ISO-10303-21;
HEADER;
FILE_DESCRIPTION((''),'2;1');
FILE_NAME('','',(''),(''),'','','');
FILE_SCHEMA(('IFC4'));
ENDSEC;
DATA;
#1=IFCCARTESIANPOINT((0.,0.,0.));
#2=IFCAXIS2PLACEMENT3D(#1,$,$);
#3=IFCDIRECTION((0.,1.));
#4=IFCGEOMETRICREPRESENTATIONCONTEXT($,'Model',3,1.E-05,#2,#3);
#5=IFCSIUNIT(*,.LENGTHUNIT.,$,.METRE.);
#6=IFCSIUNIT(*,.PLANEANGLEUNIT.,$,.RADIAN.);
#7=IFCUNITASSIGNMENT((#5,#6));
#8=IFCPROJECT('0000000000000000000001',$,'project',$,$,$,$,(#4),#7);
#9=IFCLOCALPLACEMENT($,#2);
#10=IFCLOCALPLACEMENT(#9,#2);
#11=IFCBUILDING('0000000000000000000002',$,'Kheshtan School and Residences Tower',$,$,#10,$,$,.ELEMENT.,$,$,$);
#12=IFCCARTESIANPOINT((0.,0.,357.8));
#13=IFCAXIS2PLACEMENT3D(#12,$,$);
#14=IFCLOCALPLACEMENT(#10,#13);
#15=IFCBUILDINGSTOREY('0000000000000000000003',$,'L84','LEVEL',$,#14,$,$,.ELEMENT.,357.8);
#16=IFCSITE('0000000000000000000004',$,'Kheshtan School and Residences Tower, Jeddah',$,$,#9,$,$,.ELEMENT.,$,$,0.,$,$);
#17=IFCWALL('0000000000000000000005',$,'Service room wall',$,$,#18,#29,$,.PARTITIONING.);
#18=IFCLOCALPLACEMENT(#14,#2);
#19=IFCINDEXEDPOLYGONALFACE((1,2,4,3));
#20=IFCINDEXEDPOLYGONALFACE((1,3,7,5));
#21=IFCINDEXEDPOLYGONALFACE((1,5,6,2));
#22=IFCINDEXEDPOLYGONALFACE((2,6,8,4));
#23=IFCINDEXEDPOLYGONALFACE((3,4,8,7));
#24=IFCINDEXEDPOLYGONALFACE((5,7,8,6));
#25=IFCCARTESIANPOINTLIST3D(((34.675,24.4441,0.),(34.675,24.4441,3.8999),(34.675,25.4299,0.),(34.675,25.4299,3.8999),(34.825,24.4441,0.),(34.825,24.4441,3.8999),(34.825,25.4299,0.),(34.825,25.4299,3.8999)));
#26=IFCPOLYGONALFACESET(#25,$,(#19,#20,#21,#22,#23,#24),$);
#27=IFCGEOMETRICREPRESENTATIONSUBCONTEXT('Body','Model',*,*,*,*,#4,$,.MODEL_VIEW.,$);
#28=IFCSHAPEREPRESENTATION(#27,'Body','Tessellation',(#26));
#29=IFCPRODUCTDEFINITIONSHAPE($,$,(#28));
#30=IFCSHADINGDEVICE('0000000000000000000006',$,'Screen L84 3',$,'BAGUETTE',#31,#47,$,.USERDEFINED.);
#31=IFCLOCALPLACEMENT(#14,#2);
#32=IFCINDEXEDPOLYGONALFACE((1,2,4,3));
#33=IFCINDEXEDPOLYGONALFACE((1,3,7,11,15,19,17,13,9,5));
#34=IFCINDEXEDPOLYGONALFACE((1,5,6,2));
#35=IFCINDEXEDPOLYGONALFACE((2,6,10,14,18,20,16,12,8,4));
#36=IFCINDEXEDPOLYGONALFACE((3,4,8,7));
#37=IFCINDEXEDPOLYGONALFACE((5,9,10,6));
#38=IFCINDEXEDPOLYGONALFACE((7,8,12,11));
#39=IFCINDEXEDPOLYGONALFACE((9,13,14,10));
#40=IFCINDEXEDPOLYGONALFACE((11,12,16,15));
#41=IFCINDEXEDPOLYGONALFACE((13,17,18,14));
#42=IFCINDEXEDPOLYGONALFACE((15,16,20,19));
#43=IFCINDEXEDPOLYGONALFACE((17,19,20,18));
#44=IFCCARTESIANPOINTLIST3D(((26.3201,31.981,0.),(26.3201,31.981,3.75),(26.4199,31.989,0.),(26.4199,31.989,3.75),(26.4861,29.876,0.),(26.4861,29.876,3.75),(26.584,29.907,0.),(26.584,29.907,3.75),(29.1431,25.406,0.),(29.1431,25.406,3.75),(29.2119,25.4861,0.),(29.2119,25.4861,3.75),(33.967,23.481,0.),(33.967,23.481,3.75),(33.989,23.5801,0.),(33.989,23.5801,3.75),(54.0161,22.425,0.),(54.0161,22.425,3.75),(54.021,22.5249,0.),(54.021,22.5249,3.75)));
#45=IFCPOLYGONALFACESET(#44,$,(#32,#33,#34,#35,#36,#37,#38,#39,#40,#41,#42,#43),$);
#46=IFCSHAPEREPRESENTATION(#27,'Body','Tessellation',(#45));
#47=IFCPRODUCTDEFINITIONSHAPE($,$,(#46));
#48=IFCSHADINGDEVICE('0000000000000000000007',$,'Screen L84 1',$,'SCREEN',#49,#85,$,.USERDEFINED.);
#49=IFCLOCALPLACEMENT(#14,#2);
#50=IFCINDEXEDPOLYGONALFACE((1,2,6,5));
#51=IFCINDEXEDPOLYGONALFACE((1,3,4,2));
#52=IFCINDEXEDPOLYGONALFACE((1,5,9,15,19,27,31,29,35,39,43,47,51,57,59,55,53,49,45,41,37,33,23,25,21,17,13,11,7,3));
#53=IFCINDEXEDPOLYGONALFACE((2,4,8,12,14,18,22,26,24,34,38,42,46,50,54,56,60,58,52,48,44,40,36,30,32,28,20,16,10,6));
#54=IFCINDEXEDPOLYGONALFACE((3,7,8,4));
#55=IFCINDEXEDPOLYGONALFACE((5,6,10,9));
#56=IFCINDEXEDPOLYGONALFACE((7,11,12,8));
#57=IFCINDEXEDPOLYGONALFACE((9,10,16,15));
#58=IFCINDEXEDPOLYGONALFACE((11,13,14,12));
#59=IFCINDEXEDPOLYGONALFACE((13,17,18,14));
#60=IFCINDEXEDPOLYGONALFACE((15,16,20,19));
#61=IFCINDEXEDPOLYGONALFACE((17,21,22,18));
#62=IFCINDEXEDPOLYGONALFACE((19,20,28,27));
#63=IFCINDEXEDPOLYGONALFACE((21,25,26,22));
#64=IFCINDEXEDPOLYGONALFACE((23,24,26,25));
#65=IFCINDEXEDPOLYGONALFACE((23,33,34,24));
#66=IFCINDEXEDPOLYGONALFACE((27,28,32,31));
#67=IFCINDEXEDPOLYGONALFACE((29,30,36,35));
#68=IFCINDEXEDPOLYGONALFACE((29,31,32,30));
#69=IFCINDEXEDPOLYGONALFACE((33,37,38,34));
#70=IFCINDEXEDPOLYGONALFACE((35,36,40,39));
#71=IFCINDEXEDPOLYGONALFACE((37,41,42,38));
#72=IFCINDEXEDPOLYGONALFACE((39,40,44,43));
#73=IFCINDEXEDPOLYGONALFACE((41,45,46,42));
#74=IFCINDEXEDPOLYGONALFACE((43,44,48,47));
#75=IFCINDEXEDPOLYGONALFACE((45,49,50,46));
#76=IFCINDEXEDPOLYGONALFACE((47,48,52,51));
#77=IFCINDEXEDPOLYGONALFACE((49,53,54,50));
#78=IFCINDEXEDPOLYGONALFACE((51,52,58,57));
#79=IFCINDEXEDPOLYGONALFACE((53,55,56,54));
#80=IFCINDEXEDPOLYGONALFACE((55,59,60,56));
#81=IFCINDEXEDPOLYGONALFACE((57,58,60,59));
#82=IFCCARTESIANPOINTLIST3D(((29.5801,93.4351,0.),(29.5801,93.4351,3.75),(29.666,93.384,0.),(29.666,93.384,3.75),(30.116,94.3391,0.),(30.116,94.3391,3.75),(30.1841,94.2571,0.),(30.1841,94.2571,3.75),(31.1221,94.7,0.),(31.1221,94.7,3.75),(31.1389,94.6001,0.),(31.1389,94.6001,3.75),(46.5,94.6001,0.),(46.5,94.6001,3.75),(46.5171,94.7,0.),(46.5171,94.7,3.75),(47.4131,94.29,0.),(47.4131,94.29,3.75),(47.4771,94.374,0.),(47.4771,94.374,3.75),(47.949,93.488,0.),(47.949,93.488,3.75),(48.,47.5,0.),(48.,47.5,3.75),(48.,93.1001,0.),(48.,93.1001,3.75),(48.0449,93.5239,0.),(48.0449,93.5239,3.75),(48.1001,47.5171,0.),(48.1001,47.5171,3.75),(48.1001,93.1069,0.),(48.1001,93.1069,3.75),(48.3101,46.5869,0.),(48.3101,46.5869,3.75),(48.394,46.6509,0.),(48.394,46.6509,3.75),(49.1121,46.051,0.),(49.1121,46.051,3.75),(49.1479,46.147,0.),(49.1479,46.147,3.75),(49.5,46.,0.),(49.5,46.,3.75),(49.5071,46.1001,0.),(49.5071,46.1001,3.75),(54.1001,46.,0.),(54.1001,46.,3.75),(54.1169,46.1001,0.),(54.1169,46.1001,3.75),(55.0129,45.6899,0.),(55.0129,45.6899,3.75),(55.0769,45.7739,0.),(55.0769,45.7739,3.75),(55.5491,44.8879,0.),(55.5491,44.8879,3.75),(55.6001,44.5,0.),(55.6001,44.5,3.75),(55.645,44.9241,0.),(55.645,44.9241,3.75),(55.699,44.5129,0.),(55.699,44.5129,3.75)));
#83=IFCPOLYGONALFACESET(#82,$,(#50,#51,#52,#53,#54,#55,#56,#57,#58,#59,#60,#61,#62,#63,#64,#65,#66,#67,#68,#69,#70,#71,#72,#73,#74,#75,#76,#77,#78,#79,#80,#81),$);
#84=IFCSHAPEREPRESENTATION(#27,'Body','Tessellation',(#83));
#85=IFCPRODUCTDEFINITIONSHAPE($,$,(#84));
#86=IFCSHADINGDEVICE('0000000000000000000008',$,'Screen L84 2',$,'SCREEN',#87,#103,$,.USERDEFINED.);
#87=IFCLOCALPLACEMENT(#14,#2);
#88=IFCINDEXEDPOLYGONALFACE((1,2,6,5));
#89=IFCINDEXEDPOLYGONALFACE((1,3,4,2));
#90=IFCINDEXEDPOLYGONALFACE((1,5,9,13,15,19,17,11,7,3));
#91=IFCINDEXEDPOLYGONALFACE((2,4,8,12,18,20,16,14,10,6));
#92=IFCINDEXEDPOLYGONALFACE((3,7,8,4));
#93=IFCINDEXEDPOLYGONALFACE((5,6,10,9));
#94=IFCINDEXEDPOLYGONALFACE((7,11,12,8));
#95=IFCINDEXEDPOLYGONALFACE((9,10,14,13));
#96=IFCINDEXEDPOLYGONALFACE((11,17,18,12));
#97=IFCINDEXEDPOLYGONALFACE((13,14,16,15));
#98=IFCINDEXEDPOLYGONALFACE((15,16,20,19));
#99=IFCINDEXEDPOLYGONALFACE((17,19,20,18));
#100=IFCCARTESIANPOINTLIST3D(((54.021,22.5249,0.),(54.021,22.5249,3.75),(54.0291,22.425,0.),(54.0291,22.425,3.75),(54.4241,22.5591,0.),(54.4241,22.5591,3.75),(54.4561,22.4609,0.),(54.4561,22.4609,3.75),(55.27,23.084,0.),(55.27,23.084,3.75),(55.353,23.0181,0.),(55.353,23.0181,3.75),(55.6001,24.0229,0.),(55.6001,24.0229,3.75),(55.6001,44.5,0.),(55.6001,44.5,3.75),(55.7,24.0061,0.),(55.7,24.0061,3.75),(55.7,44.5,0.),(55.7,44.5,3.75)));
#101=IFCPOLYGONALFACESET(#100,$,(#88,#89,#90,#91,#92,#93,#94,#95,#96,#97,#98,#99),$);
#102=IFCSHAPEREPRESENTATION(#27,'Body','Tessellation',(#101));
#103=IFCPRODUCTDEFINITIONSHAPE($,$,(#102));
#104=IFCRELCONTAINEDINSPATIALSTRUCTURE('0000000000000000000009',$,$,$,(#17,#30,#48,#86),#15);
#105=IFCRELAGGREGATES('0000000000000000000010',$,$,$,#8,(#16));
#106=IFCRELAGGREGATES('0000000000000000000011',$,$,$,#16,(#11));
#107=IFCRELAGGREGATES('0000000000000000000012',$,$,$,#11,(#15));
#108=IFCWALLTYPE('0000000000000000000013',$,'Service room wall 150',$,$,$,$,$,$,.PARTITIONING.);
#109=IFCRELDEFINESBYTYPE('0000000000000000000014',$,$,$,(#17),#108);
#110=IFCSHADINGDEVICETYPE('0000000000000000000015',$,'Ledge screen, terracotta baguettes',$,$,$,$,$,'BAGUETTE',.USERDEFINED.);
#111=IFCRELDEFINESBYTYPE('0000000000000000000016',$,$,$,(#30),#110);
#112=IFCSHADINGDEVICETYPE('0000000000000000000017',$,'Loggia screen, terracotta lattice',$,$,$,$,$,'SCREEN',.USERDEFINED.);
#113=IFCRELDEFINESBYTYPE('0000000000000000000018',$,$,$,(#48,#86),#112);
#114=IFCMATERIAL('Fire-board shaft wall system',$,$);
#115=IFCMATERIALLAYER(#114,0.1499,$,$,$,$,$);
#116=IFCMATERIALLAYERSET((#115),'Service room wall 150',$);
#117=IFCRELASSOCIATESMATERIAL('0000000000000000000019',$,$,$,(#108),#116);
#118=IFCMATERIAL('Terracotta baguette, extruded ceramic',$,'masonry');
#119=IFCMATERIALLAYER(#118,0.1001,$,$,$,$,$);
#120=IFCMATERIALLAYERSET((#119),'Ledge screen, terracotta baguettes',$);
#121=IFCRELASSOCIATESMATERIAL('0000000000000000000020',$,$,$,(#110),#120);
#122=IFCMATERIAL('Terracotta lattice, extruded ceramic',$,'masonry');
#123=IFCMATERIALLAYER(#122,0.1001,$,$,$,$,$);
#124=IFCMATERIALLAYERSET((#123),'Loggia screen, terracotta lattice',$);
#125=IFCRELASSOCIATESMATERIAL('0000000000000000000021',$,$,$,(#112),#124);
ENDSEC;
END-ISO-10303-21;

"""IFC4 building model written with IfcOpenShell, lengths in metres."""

from ifc_helpers import new_model, si_unit, direction, frame, frame_2d, origin, place, context, subcontext, project, spatial, polyline, rectangle, outline, extrude, material, layer, layer_set, type_object, element, save


model = new_model("IFC4")

# Units and contexts
model_context = context("Model", 3, precision=1e-05, world=origin(), true_north=direction((0.0, 1.0)))
body_context = subcontext(model_context, "Body", "Model", "MODEL_VIEW")
ifc_project = project(units=[si_unit("LENGTHUNIT", "METRE"), si_unit("PLANEANGLEUNIT", "RADIAN")], contexts=[model_context])

# Site, building, storey
site_placement = place(None, origin())
site = spatial("IfcSite", under=ifc_project, at=site_placement, Name="Kheshtan School and Residences Tower, Jeddah", CompositionType="ELEMENT", RefElevation=0.0)
building_placement = place(site_placement, origin())
building = spatial("IfcBuilding", under=site, at=building_placement, Name="Kheshtan School and Residences Tower", CompositionType="ELEMENT")
storey_placement = place(building_placement, frame((0.0, 0.0, 357.8)))
storey = spatial("IfcBuildingStorey", under=building, at=storey_placement, Name="L84", Description="LEVEL", CompositionType="ELEMENT", Elevation=357.8)

# Wall
ifc_material_1 = material(Name="Fire-board shaft wall system")
ifc_layer_1 = layer(ifc_material_1, 0.1499)
ifc_layer_set_1 = layer_set([ifc_layer_1], Name="Service room wall 150")
wall_type_1 = type_object("IfcWallType", Name="Service room wall 150", PredefinedType="PARTITIONING", material=ifc_layer_set_1)
wall_1_placement = place(storey_placement, frame((34.75, 24.4441, 0.0), z_axis=(0.0, 0.0, 1.0), x_axis=(0.0, 1.0, 0.0)))
element("IfcWall", 1, at=wall_1_placement, inside=storey, type_object=wall_type_1, Name="Service room wall", PredefinedType="PARTITIONING", context=body_context, shape_type="SweptSolid", body=[
    extrude(rectangle(XDim=0.9858, YDim=0.1499, at=frame_2d((0.4929, 0.0))), origin(), (0.0, 0.0, 1.0), 3.8999),
])

# Shading devices
ifc_material_2 = material(Name="Terracotta baguette, extruded ceramic", Category="masonry")
ifc_layer_2 = layer(ifc_material_2, 0.1001)
ifc_layer_set_2 = layer_set([ifc_layer_2], Name="Ledge screen, terracotta baguettes")
shading_device_type_1 = type_object("IfcShadingDeviceType", Name="Ledge screen, terracotta baguettes", ElementType="BAGUETTE", PredefinedType="USERDEFINED", material=ifc_layer_set_2)
shading_device_1_placement = place(storey_placement, origin())
element("IfcShadingDevice", 2, at=shading_device_1_placement, inside=storey, type_object=shading_device_type_1, Name="Screen L84 3", ObjectType="BAGUETTE", PredefinedType="USERDEFINED", context=body_context, shape_type="SweptSolid", body=[
    extrude(outline(polyline([(54.021, 22.5249), (33.989, 23.5801), (29.2119, 25.4861), (26.584, 29.907), (26.4199, 31.989), (26.3201, 31.981), (26.4861, 29.876), (29.1431, 25.406), (33.967, 23.481), (54.0161, 22.425), (54.021, 22.5249)])), origin(), (0.0, 0.0, 1.0), 3.75),
])
ifc_material_3 = material(Name="Terracotta lattice, extruded ceramic", Category="masonry")
ifc_layer_3 = layer(ifc_material_3, 0.1001)
ifc_layer_set_3 = layer_set([ifc_layer_3], Name="Loggia screen, terracotta lattice")
shading_device_type_2 = type_object("IfcShadingDeviceType", Name="Loggia screen, terracotta lattice", ElementType="SCREEN", PredefinedType="USERDEFINED", material=ifc_layer_set_3)
shading_device_2_placement = place(storey_placement, origin())
element("IfcShadingDevice", 3, at=shading_device_2_placement, inside=storey, type_object=shading_device_type_2, Name="Screen L84 1", ObjectType="SCREEN", PredefinedType="USERDEFINED", context=body_context, shape_type="SweptSolid", body=[
    extrude(outline(polyline([(29.666, 93.384), (30.1841, 94.2571), (31.1389, 94.6001), (46.5, 94.6001), (47.4131, 94.29), (47.949, 93.488), (48.0, 93.1001), (48.0, 47.5), (48.3101, 46.5869), (49.1121, 46.051), (49.5, 46.0), (54.1001, 46.0), (55.0129, 45.6899), (55.5491, 44.8879), (55.6001, 44.5), (55.699, 44.5129), (55.645, 44.9241), (55.0769, 45.7739), (54.1169, 46.1001), (49.5071, 46.1001), (49.1479, 46.147), (48.394, 46.6509), (48.1001, 47.5171), (48.1001, 93.1069), (48.0449, 93.5239), (47.4771, 94.374), (46.5171, 94.7), (31.1221, 94.7), (30.116, 94.3391), (29.5801, 93.4351), (29.666, 93.384)])), origin(), (0.0, 0.0, 1.0), 3.75),
])
shading_device_3_placement = place(storey_placement, origin())
element("IfcShadingDevice", 4, at=shading_device_3_placement, inside=storey, type_object=shading_device_type_2, Name="Screen L84 2", ObjectType="SCREEN", PredefinedType="USERDEFINED", context=body_context, shape_type="SweptSolid", body=[
    extrude(outline(polyline([(55.6001, 44.5), (55.6001, 24.0229), (55.27, 23.084), (54.4241, 22.5591), (54.021, 22.5249), (54.0291, 22.425), (54.4561, 22.4609), (55.353, 23.0181), (55.7, 24.0061), (55.7, 44.5), (55.6001, 44.5)])), origin(), (0.0, 0.0, 1.0), 3.75),
])

save(model, "model.ifc")
